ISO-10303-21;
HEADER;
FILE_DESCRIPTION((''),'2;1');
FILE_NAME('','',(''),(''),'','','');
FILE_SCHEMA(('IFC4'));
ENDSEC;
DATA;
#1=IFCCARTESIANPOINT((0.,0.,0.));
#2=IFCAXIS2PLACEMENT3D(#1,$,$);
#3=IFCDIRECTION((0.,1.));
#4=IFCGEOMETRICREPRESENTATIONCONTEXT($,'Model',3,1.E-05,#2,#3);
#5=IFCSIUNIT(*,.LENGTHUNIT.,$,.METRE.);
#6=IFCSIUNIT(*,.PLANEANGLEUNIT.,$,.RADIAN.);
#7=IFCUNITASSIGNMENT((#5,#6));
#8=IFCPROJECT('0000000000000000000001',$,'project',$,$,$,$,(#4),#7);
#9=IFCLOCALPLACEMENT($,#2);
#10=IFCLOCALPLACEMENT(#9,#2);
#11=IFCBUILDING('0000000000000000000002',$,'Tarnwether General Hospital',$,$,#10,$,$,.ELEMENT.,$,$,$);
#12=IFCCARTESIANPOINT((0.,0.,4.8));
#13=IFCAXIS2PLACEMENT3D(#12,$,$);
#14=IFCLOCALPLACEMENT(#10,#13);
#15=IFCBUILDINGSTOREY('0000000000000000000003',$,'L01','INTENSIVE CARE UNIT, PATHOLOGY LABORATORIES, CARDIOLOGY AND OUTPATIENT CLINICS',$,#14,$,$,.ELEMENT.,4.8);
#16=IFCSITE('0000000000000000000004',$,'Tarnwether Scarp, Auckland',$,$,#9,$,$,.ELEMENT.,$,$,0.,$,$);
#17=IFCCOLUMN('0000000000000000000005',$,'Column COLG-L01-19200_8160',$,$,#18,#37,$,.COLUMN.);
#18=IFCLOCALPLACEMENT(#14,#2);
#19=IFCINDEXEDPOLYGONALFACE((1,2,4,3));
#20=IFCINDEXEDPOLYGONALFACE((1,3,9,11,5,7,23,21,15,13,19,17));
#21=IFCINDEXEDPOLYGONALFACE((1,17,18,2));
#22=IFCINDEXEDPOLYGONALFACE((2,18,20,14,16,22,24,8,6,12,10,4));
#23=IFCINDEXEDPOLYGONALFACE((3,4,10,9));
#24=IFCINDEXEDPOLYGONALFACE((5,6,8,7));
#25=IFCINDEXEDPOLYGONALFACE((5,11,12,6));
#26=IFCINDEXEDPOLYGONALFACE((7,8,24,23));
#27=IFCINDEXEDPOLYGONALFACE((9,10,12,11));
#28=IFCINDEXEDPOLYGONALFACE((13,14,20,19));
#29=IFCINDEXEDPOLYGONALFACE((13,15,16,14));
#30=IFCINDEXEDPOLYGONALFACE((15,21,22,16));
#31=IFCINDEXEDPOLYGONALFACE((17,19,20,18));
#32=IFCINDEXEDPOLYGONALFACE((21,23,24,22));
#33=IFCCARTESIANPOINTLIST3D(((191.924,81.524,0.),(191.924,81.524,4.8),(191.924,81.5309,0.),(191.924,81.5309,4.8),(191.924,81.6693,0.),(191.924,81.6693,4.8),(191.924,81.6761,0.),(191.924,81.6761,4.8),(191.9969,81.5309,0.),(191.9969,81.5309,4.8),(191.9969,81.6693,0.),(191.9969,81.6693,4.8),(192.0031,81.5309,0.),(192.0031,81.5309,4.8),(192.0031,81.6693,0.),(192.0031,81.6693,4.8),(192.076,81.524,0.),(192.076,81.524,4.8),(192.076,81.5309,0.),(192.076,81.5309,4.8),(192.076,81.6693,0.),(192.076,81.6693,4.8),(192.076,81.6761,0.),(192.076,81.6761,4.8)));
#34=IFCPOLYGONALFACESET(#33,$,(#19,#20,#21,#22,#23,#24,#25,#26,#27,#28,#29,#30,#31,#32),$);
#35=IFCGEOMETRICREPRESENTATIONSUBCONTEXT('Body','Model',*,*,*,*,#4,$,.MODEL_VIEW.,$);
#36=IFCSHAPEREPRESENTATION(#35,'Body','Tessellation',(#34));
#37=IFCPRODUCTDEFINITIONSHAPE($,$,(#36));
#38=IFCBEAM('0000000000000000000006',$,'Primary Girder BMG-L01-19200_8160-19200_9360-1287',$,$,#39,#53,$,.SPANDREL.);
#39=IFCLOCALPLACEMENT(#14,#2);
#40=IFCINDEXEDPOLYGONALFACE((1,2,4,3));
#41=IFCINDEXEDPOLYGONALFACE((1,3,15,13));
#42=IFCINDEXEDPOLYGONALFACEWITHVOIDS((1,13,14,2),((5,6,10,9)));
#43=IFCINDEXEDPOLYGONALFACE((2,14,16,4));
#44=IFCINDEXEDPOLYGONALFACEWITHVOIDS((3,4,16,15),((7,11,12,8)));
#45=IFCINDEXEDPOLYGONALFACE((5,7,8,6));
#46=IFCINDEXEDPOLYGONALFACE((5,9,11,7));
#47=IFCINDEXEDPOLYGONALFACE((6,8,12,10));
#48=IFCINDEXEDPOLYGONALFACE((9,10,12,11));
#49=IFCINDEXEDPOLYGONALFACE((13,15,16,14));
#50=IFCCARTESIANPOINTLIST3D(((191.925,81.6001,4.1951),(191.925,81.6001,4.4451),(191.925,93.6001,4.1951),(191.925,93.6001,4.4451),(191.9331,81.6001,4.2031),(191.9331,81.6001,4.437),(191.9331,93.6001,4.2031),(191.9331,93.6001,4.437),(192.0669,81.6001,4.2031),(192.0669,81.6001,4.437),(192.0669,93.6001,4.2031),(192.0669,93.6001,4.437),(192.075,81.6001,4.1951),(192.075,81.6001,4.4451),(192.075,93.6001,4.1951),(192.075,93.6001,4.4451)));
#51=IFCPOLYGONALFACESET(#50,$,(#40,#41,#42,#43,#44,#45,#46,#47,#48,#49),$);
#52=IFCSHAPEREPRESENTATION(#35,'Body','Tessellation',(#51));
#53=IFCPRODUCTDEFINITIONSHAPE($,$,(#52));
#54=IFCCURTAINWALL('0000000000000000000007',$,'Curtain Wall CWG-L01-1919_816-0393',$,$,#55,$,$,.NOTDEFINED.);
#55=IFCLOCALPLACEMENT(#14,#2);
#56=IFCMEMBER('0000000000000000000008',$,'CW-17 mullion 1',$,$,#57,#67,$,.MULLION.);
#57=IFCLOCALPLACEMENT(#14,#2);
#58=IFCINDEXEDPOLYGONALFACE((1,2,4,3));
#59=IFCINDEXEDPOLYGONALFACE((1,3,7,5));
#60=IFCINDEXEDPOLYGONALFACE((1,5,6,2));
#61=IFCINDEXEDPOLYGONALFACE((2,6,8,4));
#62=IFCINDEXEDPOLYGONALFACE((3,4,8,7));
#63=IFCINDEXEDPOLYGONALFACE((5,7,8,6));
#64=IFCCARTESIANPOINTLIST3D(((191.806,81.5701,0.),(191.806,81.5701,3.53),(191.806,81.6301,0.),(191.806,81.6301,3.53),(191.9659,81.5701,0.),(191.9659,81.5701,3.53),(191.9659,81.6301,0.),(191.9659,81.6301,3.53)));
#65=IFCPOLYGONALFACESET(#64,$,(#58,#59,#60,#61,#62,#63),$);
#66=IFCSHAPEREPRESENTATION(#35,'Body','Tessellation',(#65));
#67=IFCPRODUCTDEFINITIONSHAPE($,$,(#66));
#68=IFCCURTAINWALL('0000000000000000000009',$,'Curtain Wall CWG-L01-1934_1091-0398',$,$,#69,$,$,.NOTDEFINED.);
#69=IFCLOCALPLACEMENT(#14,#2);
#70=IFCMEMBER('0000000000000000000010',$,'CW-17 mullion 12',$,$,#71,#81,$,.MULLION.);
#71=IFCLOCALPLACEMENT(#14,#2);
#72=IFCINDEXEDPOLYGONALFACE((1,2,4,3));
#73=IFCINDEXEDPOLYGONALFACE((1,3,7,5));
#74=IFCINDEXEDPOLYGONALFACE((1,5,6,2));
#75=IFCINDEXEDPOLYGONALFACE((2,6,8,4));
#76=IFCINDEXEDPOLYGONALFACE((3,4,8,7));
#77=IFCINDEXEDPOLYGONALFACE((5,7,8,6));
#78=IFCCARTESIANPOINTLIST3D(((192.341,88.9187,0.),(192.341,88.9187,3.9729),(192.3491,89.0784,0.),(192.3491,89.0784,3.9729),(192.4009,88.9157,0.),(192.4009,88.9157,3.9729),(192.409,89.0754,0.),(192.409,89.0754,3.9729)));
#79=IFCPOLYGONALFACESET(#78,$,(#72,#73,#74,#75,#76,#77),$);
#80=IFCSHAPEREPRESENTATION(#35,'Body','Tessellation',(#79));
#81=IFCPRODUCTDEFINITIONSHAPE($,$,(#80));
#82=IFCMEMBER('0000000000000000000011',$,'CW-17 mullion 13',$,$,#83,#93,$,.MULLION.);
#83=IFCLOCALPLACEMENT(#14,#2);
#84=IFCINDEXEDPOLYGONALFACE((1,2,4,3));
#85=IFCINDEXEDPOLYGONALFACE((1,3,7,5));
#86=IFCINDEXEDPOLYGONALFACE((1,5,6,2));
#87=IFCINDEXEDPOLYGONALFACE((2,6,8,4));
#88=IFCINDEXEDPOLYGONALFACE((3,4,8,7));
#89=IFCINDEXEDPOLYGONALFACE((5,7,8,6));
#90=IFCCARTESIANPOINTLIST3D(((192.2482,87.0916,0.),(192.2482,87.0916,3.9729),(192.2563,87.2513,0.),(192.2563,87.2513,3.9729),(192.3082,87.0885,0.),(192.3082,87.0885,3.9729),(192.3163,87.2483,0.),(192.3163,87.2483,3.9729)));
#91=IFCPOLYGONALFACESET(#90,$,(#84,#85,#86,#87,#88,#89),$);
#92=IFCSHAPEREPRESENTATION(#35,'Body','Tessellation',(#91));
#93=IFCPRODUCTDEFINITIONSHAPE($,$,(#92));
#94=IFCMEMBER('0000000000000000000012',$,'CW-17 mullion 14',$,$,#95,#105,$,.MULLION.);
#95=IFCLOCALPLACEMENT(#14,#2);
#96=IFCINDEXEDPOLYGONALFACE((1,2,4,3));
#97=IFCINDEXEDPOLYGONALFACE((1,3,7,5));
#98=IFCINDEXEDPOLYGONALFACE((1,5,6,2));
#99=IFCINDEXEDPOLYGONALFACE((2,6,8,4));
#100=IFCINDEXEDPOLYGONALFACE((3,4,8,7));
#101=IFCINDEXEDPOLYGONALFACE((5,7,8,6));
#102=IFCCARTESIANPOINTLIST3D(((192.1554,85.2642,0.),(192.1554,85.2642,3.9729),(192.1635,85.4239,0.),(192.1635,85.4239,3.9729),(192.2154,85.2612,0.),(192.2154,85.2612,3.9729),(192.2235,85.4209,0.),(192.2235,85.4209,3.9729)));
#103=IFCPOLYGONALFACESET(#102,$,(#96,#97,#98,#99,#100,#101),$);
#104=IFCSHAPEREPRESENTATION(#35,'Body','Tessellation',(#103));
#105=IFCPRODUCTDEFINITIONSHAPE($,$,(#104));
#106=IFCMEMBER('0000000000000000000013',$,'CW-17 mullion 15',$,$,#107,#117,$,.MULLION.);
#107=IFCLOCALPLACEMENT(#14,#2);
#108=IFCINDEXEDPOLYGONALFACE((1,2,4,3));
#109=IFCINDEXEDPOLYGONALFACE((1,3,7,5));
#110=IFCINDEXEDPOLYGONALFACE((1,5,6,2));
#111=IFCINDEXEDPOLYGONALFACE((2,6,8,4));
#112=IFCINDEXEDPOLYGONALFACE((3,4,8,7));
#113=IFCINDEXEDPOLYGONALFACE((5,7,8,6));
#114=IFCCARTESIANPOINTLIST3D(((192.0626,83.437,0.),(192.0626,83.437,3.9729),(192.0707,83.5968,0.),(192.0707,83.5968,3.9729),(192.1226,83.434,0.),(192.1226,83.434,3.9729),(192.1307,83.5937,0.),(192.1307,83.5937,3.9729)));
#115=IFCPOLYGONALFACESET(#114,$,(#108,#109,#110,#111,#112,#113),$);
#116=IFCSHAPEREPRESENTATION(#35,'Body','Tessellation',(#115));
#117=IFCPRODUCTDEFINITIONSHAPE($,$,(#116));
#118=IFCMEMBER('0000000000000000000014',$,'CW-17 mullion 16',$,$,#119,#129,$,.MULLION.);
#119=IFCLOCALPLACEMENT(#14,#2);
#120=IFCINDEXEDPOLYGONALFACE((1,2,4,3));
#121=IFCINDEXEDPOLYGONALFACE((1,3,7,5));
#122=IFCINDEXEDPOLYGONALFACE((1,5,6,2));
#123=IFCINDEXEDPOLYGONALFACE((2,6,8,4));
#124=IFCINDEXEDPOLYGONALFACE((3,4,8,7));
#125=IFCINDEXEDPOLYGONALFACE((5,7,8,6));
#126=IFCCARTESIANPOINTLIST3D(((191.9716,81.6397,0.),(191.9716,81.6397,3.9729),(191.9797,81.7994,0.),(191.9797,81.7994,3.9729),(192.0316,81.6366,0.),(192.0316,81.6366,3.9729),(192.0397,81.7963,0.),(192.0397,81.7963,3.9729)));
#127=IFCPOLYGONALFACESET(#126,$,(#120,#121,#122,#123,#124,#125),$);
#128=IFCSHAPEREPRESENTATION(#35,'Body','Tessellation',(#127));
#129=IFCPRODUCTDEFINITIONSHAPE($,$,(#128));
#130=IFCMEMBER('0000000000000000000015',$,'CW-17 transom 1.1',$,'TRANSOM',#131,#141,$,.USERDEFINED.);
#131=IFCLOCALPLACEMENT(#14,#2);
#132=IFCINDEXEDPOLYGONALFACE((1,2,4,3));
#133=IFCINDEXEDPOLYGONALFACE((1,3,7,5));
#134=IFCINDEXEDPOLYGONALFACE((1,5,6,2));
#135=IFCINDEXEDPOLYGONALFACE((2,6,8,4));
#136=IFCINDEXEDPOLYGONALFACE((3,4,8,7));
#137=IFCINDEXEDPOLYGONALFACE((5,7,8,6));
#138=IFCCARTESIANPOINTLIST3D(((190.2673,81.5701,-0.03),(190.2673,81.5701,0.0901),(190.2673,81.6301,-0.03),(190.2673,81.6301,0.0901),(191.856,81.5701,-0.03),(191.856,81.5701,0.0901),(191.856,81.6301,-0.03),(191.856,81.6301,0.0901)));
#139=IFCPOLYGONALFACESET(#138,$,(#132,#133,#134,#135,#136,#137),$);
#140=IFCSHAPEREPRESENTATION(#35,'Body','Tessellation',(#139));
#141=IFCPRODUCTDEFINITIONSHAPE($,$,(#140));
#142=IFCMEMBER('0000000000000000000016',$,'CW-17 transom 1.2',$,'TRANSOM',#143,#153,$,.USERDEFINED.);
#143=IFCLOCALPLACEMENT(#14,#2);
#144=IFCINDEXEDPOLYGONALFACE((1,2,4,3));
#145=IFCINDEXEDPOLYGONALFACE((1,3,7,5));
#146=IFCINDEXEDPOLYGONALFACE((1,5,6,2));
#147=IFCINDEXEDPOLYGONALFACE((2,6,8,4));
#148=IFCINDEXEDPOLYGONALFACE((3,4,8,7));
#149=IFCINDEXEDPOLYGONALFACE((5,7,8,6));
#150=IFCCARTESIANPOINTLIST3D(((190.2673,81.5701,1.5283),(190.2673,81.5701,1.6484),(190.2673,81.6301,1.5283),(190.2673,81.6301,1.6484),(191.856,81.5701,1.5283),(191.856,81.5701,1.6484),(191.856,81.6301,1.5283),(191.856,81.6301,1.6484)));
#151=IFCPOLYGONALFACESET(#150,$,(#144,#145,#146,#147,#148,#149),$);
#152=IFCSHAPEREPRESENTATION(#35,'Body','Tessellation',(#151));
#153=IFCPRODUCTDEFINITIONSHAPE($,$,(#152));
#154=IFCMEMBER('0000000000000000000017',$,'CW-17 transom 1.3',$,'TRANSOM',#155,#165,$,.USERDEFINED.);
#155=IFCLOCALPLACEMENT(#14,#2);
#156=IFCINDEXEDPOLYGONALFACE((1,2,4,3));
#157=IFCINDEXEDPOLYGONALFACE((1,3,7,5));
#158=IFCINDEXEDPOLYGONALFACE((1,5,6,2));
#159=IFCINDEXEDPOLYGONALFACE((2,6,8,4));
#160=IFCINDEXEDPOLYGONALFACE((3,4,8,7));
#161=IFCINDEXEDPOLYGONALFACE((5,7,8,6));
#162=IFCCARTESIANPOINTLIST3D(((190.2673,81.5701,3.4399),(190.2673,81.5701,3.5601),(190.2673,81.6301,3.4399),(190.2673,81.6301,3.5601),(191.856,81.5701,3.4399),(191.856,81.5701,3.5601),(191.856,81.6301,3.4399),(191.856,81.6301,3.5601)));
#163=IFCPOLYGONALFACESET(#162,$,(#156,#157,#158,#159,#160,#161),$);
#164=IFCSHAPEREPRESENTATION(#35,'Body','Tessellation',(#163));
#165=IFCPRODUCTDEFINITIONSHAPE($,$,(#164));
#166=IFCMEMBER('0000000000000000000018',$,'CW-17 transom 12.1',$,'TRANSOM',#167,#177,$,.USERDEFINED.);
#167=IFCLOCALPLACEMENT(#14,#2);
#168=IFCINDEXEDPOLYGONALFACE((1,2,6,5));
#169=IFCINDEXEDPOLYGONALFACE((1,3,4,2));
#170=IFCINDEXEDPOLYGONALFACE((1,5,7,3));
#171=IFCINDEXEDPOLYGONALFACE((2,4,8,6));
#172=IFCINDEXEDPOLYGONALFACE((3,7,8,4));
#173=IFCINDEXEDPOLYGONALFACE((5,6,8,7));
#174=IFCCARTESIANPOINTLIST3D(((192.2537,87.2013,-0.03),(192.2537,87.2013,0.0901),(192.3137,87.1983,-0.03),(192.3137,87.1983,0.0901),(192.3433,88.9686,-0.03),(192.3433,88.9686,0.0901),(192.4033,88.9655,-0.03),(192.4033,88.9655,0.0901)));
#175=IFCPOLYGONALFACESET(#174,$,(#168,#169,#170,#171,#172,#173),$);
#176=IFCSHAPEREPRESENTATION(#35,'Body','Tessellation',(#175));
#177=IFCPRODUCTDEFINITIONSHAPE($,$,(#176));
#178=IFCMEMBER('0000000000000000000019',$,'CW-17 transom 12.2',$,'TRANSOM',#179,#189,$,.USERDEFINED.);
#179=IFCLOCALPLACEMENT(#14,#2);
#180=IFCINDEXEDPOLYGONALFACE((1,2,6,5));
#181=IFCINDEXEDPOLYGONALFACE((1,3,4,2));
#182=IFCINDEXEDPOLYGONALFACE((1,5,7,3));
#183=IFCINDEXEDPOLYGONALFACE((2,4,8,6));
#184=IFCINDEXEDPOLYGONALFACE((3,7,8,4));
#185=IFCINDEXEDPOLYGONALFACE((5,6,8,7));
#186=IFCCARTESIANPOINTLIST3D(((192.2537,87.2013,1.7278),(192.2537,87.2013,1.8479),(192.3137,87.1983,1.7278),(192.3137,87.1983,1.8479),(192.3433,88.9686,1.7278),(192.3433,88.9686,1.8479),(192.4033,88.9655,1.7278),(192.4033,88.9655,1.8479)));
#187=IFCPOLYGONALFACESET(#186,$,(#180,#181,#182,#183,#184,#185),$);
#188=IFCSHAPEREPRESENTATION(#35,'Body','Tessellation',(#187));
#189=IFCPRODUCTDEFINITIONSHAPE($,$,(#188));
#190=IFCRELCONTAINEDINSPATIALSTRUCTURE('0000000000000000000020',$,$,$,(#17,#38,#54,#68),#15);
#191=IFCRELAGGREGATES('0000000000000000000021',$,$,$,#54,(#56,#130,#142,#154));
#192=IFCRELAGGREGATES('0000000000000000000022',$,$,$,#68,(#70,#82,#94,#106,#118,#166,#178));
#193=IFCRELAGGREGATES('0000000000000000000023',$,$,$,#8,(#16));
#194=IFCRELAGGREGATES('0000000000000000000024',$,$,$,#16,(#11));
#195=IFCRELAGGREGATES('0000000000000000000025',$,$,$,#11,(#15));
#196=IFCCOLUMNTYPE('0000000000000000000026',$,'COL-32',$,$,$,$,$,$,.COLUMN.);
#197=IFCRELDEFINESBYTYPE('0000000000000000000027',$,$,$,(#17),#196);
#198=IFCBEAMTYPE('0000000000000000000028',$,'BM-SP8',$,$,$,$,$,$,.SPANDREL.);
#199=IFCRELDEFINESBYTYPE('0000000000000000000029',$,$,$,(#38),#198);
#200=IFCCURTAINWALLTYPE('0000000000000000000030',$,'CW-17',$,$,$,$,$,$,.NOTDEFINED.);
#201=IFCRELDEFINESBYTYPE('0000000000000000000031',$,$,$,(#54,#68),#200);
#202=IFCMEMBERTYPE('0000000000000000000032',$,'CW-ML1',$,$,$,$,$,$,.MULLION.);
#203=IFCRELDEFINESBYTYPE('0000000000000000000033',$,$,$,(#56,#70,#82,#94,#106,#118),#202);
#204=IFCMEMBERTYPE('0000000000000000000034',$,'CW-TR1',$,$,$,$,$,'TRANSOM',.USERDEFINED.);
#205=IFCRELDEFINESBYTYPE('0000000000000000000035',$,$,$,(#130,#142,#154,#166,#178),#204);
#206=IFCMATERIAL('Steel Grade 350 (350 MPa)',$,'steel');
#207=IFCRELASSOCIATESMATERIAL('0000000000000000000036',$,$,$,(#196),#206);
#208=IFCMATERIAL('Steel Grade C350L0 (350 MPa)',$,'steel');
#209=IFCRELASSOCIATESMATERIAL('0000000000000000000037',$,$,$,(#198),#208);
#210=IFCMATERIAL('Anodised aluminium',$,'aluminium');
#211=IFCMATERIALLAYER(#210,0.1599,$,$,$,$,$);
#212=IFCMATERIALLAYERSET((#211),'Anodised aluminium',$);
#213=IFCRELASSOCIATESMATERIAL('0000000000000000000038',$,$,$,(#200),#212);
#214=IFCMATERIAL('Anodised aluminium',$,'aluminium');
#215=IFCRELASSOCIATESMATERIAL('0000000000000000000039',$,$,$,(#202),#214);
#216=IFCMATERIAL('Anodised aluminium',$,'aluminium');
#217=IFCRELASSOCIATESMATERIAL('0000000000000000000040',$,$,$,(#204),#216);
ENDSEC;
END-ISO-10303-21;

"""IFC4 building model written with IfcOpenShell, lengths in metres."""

from ifc_helpers import new_model, si_unit, direction, frame, origin, origin_2d, place, context, subcontext, project, spatial, rectangle, hollow_rectangle, i_section, extrude, material, layer, layer_set, material_profile, profile_set, type_object, element, aggregate, save


model = new_model("IFC4")

# Units and contexts
model_context = context("Model", 3, precision=1e-05, world=origin(), true_north=direction((0.0, 1.0)))
body_context = subcontext(model_context, "Body", "Model", "MODEL_VIEW")
ifc_project = project(units=[si_unit("LENGTHUNIT", "METRE"), si_unit("PLANEANGLEUNIT", "RADIAN")], contexts=[model_context])

# Site, building, storey
site_placement = place(None, origin())
site = spatial("IfcSite", under=ifc_project, at=site_placement, Name="Tarnwether Scarp, Auckland", CompositionType="ELEMENT", RefElevation=0.0)
building_placement = place(site_placement, origin())
building = spatial("IfcBuilding", under=site, at=building_placement, Name="Tarnwether General Hospital", CompositionType="ELEMENT")
storey_placement = place(building_placement, frame((0.0, 0.0, 4.8)))
storey = spatial("IfcBuildingStorey", under=building, at=storey_placement, Name="L01", Description="INTENSIVE CARE UNIT, PATHOLOGY LABORATORIES, CARDIOLOGY AND OUTPATIENT CLINICS", CompositionType="ELEMENT", Elevation=4.8)

# Column
ifc_material_1 = material(Name="Steel Grade 350 (350 MPa)", Category="steel")
ifc_material_profile_1 = material_profile(ifc_material_1, i_section(OverallWidth=0.1521, OverallDepth=0.1521, WebThickness=0.0061, FlangeThickness=0.0068, at=origin_2d()), Name="150UC23.4")
ifc_profile_set_1 = profile_set([ifc_material_profile_1], Name="Steel Grade 350 (350 MPa)")
column_type = type_object("IfcColumnType", Name="COL-32", PredefinedType="COLUMN", material=ifc_profile_set_1)
column_placement = place(storey_placement, frame((192.0, 81.6001, 0.0), z_axis=(0.0, 0.0, 1.0), x_axis=(1.0, 0.0, 0.0)))
element("IfcColumn", 1, at=column_placement, inside=storey, type_object=column_type, Name="Column COLG-L01-19200_8160", PredefinedType="COLUMN", context=body_context, shape_type="SweptSolid", body=[
    extrude(i_section(OverallWidth=0.1521, OverallDepth=0.1521, WebThickness=0.0061, FlangeThickness=0.0068, at=origin_2d()), origin(), (0.0, 0.0, 1.0), 4.8),
])

# Beam
ifc_material_2 = material(Name="Steel Grade C350L0 (350 MPa)", Category="steel")
ifc_material_profile_2 = material_profile(ifc_material_2, hollow_rectangle(XDim=0.1499, YDim=0.25, WallThickness=0.0081, at=origin_2d()), Name="RHS250x150x8")
ifc_profile_set_2 = profile_set([ifc_material_profile_2], Name="Steel Grade C350L0 (350 MPa)")
beam_type = type_object("IfcBeamType", Name="BM-SP8", PredefinedType="SPANDREL", material=ifc_profile_set_2)
beam_placement = place(storey_placement, frame((192.0, 81.6001, 4.3201), z_axis=(0.0, 1.0, 0.0), x_axis=(-1.0, 0.0, 0.0)))
element("IfcBeam", 2, at=beam_placement, inside=storey, type_object=beam_type, Name="Primary Girder BMG-L01-19200_8160-19200_9360-1287", PredefinedType="SPANDREL", context=body_context, shape_type="SweptSolid", body=[
    extrude(hollow_rectangle(XDim=0.1499, YDim=0.25, WallThickness=0.0081, at=origin_2d()), origin(), (0.0, 0.0, 1.0), 12.0),
])

# Curtain wall, member
ifc_material_3 = material(Name="Anodised aluminium", Category="aluminium")
ifc_layer_1 = layer(ifc_material_3, 0.1599)
ifc_layer_set_1 = layer_set([ifc_layer_1], Name="Anodised aluminium")
curtain_wall_type = type_object("IfcCurtainWallType", Name="CW-17", PredefinedType="NOTDEFINED", material=ifc_layer_set_1)
curtain_wall_1_placement = place(storey_placement, origin())
curtain_wall_1 = element("IfcCurtainWall", 3, at=curtain_wall_1_placement, inside=storey, type_object=curtain_wall_type, Name="Curtain Wall CWG-L01-1919_816-0393", PredefinedType="NOTDEFINED")
ifc_material_4 = material(Name="Anodised aluminium", Category="aluminium")
ifc_material_profile_3 = material_profile(ifc_material_4, rectangle(XDim=0.0601, YDim=0.1599, at=origin_2d()), Name="ALU-MUL-60x160")
ifc_profile_set_3 = profile_set([ifc_material_profile_3], Name="Anodised aluminium")
member_type_1 = type_object("IfcMemberType", Name="CW-ML1", PredefinedType="MULLION", material=ifc_profile_set_3)
member_1_placement = place(storey_placement, frame((191.886, 81.6001, 0.0), z_axis=(0.0, 0.0, 1.0), x_axis=(0.0, -1.0, 0.0)))
member_1 = element("IfcMember", 4, at=member_1_placement, type_object=member_type_1, Name="CW-17 mullion 1", PredefinedType="MULLION", context=body_context, shape_type="SweptSolid", body=[
    extrude(rectangle(XDim=0.0601, YDim=0.1599, at=origin_2d()), origin(), (0.0, 0.0, 1.0), 3.53),
])

# Curtain wall, members
curtain_wall_2_placement = place(storey_placement, origin())
curtain_wall_2 = element("IfcCurtainWall", 5, at=curtain_wall_2_placement, inside=storey, type_object=curtain_wall_type, Name="Curtain Wall CWG-L01-1934_1091-0398", PredefinedType="NOTDEFINED")
member_2_placement = place(storey_placement, frame((192.375, 88.9971, 0.0), z_axis=(0.0, 0.0, 1.0), x_axis=(0.998715, -0.050685, 0.0)))
member_2 = element("IfcMember", 6, at=member_2_placement, type_object=member_type_1, Name="CW-17 mullion 12", PredefinedType="MULLION", context=body_context, shape_type="SweptSolid", body=[
    extrude(rectangle(XDim=0.0601, YDim=0.1599, at=origin_2d()), origin(), (0.0, 0.0, 1.0), 3.9729),
])
member_3_placement = place(storey_placement, frame((192.2822, 87.1699, 0.0), z_axis=(0.0, 0.0, 1.0), x_axis=(0.998715, -0.050685, 0.0)))
member_3 = element("IfcMember", 7, at=member_3_placement, type_object=member_type_1, Name="CW-17 mullion 13", PredefinedType="MULLION", context=body_context, shape_type="SweptSolid", body=[
    extrude(rectangle(XDim=0.0601, YDim=0.1599, at=origin_2d()), origin(), (0.0, 0.0, 1.0), 3.9729),
])
member_4_placement = place(storey_placement, frame((192.1895, 85.3425, 0.0), z_axis=(0.0, 0.0, 1.0), x_axis=(0.998715, -0.050685, 0.0)))
member_4 = element("IfcMember", 8, at=member_4_placement, type_object=member_type_1, Name="CW-17 mullion 14", PredefinedType="MULLION", context=body_context, shape_type="SweptSolid", body=[
    extrude(rectangle(XDim=0.0601, YDim=0.1599, at=origin_2d()), origin(), (0.0, 0.0, 1.0), 3.9729),
])
member_5_placement = place(storey_placement, frame((192.0967, 83.5154, 0.0), z_axis=(0.0, 0.0, 1.0), x_axis=(0.998715, -0.050685, 0.0)))
member_5 = element("IfcMember", 9, at=member_5_placement, type_object=member_type_1, Name="CW-17 mullion 15", PredefinedType="MULLION", context=body_context, shape_type="SweptSolid", body=[
    extrude(rectangle(XDim=0.0601, YDim=0.1599, at=origin_2d()), origin(), (0.0, 0.0, 1.0), 3.9729),
])
member_6_placement = place(storey_placement, frame((192.0056, 81.718, 0.0), z_axis=(0.0, 0.0, 1.0), x_axis=(0.998715, -0.050685, 0.0)))
member_6 = element("IfcMember", 10, at=member_6_placement, type_object=member_type_1, Name="CW-17 mullion 16", PredefinedType="MULLION", context=body_context, shape_type="SweptSolid", body=[
    extrude(rectangle(XDim=0.0601, YDim=0.1599, at=origin_2d()), origin(), (0.0, 0.0, 1.0), 3.9729),
])

# Members
ifc_material_5 = material(Name="Anodised aluminium", Category="aluminium")
ifc_material_profile_4 = material_profile(ifc_material_5, rectangle(XDim=0.0601, YDim=0.1201, at=origin_2d()), Name="ALU-TRN-60x120")
ifc_profile_set_4 = profile_set([ifc_material_profile_4], Name="Anodised aluminium")
member_type_2 = type_object("IfcMemberType", Name="CW-TR1", ElementType="TRANSOM", PredefinedType="USERDEFINED", material=ifc_profile_set_4)
member_7_placement = place(storey_placement, frame((191.856, 81.6001, 0.03), z_axis=(-1.0, 0.0, 0.0), x_axis=(0.0, -1.0, 0.0)))
member_7 = element("IfcMember", 11, at=member_7_placement, type_object=member_type_2, Name="CW-17 transom 1.1", ObjectType="TRANSOM", PredefinedType="USERDEFINED", context=body_context, shape_type="SweptSolid", body=[
    extrude(rectangle(XDim=0.0601, YDim=0.1201, at=origin_2d()), origin(), (0.0, 0.0, 1.0), 1.5886),
])
member_8_placement = place(storey_placement, frame((191.856, 81.6001, 1.5884), z_axis=(-1.0, 0.0, 0.0), x_axis=(0.0, -1.0, 0.0)))
member_8 = element("IfcMember", 12, at=member_8_placement, type_object=member_type_2, Name="CW-17 transom 1.2", ObjectType="TRANSOM", PredefinedType="USERDEFINED", context=body_context, shape_type="SweptSolid", body=[
    extrude(rectangle(XDim=0.0601, YDim=0.1201, at=origin_2d()), origin(), (0.0, 0.0, 1.0), 1.5886),
])
member_9_placement = place(storey_placement, frame((191.856, 81.6001, 3.5), z_axis=(-1.0, 0.0, 0.0), x_axis=(0.0, -1.0, 0.0)))
member_9 = element("IfcMember", 13, at=member_9_placement, type_object=member_type_2, Name="CW-17 transom 1.3", ObjectType="TRANSOM", PredefinedType="USERDEFINED", context=body_context, shape_type="SweptSolid", body=[
    extrude(rectangle(XDim=0.0601, YDim=0.1201, at=origin_2d()), origin(), (0.0, 0.0, 1.0), 1.5886),
])
member_10_placement = place(storey_placement, frame((192.3733, 88.967, 0.03), z_axis=(-0.050633, -0.998717, 0.0), x_axis=(0.998717, -0.050633, 0.0)))
member_10 = element("IfcMember", 14, at=member_10_placement, type_object=member_type_2, Name="CW-17 transom 12.1", ObjectType="TRANSOM", PredefinedType="USERDEFINED", context=body_context, shape_type="SweptSolid", body=[
    extrude(rectangle(XDim=0.0601, YDim=0.1201, at=origin_2d()), origin(), (0.0, 0.0, 1.0), 1.7695),
])
member_11_placement = place(storey_placement, frame((192.3733, 88.967, 1.7878), z_axis=(-0.050633, -0.998717, 0.0), x_axis=(0.998717, -0.050633, 0.0)))
member_11 = element("IfcMember", 15, at=member_11_placement, type_object=member_type_2, Name="CW-17 transom 12.2", ObjectType="TRANSOM", PredefinedType="USERDEFINED", context=body_context, shape_type="SweptSolid", body=[
    extrude(rectangle(XDim=0.0601, YDim=0.1201, at=origin_2d()), origin(), (0.0, 0.0, 1.0), 1.7695),
])

aggregate(curtain_wall_1, [member_1, member_7, member_8, member_9])
aggregate(curtain_wall_2, [member_2, member_3, member_4, member_5, member_6, member_10, member_11])

save(model, "model.ifc")
